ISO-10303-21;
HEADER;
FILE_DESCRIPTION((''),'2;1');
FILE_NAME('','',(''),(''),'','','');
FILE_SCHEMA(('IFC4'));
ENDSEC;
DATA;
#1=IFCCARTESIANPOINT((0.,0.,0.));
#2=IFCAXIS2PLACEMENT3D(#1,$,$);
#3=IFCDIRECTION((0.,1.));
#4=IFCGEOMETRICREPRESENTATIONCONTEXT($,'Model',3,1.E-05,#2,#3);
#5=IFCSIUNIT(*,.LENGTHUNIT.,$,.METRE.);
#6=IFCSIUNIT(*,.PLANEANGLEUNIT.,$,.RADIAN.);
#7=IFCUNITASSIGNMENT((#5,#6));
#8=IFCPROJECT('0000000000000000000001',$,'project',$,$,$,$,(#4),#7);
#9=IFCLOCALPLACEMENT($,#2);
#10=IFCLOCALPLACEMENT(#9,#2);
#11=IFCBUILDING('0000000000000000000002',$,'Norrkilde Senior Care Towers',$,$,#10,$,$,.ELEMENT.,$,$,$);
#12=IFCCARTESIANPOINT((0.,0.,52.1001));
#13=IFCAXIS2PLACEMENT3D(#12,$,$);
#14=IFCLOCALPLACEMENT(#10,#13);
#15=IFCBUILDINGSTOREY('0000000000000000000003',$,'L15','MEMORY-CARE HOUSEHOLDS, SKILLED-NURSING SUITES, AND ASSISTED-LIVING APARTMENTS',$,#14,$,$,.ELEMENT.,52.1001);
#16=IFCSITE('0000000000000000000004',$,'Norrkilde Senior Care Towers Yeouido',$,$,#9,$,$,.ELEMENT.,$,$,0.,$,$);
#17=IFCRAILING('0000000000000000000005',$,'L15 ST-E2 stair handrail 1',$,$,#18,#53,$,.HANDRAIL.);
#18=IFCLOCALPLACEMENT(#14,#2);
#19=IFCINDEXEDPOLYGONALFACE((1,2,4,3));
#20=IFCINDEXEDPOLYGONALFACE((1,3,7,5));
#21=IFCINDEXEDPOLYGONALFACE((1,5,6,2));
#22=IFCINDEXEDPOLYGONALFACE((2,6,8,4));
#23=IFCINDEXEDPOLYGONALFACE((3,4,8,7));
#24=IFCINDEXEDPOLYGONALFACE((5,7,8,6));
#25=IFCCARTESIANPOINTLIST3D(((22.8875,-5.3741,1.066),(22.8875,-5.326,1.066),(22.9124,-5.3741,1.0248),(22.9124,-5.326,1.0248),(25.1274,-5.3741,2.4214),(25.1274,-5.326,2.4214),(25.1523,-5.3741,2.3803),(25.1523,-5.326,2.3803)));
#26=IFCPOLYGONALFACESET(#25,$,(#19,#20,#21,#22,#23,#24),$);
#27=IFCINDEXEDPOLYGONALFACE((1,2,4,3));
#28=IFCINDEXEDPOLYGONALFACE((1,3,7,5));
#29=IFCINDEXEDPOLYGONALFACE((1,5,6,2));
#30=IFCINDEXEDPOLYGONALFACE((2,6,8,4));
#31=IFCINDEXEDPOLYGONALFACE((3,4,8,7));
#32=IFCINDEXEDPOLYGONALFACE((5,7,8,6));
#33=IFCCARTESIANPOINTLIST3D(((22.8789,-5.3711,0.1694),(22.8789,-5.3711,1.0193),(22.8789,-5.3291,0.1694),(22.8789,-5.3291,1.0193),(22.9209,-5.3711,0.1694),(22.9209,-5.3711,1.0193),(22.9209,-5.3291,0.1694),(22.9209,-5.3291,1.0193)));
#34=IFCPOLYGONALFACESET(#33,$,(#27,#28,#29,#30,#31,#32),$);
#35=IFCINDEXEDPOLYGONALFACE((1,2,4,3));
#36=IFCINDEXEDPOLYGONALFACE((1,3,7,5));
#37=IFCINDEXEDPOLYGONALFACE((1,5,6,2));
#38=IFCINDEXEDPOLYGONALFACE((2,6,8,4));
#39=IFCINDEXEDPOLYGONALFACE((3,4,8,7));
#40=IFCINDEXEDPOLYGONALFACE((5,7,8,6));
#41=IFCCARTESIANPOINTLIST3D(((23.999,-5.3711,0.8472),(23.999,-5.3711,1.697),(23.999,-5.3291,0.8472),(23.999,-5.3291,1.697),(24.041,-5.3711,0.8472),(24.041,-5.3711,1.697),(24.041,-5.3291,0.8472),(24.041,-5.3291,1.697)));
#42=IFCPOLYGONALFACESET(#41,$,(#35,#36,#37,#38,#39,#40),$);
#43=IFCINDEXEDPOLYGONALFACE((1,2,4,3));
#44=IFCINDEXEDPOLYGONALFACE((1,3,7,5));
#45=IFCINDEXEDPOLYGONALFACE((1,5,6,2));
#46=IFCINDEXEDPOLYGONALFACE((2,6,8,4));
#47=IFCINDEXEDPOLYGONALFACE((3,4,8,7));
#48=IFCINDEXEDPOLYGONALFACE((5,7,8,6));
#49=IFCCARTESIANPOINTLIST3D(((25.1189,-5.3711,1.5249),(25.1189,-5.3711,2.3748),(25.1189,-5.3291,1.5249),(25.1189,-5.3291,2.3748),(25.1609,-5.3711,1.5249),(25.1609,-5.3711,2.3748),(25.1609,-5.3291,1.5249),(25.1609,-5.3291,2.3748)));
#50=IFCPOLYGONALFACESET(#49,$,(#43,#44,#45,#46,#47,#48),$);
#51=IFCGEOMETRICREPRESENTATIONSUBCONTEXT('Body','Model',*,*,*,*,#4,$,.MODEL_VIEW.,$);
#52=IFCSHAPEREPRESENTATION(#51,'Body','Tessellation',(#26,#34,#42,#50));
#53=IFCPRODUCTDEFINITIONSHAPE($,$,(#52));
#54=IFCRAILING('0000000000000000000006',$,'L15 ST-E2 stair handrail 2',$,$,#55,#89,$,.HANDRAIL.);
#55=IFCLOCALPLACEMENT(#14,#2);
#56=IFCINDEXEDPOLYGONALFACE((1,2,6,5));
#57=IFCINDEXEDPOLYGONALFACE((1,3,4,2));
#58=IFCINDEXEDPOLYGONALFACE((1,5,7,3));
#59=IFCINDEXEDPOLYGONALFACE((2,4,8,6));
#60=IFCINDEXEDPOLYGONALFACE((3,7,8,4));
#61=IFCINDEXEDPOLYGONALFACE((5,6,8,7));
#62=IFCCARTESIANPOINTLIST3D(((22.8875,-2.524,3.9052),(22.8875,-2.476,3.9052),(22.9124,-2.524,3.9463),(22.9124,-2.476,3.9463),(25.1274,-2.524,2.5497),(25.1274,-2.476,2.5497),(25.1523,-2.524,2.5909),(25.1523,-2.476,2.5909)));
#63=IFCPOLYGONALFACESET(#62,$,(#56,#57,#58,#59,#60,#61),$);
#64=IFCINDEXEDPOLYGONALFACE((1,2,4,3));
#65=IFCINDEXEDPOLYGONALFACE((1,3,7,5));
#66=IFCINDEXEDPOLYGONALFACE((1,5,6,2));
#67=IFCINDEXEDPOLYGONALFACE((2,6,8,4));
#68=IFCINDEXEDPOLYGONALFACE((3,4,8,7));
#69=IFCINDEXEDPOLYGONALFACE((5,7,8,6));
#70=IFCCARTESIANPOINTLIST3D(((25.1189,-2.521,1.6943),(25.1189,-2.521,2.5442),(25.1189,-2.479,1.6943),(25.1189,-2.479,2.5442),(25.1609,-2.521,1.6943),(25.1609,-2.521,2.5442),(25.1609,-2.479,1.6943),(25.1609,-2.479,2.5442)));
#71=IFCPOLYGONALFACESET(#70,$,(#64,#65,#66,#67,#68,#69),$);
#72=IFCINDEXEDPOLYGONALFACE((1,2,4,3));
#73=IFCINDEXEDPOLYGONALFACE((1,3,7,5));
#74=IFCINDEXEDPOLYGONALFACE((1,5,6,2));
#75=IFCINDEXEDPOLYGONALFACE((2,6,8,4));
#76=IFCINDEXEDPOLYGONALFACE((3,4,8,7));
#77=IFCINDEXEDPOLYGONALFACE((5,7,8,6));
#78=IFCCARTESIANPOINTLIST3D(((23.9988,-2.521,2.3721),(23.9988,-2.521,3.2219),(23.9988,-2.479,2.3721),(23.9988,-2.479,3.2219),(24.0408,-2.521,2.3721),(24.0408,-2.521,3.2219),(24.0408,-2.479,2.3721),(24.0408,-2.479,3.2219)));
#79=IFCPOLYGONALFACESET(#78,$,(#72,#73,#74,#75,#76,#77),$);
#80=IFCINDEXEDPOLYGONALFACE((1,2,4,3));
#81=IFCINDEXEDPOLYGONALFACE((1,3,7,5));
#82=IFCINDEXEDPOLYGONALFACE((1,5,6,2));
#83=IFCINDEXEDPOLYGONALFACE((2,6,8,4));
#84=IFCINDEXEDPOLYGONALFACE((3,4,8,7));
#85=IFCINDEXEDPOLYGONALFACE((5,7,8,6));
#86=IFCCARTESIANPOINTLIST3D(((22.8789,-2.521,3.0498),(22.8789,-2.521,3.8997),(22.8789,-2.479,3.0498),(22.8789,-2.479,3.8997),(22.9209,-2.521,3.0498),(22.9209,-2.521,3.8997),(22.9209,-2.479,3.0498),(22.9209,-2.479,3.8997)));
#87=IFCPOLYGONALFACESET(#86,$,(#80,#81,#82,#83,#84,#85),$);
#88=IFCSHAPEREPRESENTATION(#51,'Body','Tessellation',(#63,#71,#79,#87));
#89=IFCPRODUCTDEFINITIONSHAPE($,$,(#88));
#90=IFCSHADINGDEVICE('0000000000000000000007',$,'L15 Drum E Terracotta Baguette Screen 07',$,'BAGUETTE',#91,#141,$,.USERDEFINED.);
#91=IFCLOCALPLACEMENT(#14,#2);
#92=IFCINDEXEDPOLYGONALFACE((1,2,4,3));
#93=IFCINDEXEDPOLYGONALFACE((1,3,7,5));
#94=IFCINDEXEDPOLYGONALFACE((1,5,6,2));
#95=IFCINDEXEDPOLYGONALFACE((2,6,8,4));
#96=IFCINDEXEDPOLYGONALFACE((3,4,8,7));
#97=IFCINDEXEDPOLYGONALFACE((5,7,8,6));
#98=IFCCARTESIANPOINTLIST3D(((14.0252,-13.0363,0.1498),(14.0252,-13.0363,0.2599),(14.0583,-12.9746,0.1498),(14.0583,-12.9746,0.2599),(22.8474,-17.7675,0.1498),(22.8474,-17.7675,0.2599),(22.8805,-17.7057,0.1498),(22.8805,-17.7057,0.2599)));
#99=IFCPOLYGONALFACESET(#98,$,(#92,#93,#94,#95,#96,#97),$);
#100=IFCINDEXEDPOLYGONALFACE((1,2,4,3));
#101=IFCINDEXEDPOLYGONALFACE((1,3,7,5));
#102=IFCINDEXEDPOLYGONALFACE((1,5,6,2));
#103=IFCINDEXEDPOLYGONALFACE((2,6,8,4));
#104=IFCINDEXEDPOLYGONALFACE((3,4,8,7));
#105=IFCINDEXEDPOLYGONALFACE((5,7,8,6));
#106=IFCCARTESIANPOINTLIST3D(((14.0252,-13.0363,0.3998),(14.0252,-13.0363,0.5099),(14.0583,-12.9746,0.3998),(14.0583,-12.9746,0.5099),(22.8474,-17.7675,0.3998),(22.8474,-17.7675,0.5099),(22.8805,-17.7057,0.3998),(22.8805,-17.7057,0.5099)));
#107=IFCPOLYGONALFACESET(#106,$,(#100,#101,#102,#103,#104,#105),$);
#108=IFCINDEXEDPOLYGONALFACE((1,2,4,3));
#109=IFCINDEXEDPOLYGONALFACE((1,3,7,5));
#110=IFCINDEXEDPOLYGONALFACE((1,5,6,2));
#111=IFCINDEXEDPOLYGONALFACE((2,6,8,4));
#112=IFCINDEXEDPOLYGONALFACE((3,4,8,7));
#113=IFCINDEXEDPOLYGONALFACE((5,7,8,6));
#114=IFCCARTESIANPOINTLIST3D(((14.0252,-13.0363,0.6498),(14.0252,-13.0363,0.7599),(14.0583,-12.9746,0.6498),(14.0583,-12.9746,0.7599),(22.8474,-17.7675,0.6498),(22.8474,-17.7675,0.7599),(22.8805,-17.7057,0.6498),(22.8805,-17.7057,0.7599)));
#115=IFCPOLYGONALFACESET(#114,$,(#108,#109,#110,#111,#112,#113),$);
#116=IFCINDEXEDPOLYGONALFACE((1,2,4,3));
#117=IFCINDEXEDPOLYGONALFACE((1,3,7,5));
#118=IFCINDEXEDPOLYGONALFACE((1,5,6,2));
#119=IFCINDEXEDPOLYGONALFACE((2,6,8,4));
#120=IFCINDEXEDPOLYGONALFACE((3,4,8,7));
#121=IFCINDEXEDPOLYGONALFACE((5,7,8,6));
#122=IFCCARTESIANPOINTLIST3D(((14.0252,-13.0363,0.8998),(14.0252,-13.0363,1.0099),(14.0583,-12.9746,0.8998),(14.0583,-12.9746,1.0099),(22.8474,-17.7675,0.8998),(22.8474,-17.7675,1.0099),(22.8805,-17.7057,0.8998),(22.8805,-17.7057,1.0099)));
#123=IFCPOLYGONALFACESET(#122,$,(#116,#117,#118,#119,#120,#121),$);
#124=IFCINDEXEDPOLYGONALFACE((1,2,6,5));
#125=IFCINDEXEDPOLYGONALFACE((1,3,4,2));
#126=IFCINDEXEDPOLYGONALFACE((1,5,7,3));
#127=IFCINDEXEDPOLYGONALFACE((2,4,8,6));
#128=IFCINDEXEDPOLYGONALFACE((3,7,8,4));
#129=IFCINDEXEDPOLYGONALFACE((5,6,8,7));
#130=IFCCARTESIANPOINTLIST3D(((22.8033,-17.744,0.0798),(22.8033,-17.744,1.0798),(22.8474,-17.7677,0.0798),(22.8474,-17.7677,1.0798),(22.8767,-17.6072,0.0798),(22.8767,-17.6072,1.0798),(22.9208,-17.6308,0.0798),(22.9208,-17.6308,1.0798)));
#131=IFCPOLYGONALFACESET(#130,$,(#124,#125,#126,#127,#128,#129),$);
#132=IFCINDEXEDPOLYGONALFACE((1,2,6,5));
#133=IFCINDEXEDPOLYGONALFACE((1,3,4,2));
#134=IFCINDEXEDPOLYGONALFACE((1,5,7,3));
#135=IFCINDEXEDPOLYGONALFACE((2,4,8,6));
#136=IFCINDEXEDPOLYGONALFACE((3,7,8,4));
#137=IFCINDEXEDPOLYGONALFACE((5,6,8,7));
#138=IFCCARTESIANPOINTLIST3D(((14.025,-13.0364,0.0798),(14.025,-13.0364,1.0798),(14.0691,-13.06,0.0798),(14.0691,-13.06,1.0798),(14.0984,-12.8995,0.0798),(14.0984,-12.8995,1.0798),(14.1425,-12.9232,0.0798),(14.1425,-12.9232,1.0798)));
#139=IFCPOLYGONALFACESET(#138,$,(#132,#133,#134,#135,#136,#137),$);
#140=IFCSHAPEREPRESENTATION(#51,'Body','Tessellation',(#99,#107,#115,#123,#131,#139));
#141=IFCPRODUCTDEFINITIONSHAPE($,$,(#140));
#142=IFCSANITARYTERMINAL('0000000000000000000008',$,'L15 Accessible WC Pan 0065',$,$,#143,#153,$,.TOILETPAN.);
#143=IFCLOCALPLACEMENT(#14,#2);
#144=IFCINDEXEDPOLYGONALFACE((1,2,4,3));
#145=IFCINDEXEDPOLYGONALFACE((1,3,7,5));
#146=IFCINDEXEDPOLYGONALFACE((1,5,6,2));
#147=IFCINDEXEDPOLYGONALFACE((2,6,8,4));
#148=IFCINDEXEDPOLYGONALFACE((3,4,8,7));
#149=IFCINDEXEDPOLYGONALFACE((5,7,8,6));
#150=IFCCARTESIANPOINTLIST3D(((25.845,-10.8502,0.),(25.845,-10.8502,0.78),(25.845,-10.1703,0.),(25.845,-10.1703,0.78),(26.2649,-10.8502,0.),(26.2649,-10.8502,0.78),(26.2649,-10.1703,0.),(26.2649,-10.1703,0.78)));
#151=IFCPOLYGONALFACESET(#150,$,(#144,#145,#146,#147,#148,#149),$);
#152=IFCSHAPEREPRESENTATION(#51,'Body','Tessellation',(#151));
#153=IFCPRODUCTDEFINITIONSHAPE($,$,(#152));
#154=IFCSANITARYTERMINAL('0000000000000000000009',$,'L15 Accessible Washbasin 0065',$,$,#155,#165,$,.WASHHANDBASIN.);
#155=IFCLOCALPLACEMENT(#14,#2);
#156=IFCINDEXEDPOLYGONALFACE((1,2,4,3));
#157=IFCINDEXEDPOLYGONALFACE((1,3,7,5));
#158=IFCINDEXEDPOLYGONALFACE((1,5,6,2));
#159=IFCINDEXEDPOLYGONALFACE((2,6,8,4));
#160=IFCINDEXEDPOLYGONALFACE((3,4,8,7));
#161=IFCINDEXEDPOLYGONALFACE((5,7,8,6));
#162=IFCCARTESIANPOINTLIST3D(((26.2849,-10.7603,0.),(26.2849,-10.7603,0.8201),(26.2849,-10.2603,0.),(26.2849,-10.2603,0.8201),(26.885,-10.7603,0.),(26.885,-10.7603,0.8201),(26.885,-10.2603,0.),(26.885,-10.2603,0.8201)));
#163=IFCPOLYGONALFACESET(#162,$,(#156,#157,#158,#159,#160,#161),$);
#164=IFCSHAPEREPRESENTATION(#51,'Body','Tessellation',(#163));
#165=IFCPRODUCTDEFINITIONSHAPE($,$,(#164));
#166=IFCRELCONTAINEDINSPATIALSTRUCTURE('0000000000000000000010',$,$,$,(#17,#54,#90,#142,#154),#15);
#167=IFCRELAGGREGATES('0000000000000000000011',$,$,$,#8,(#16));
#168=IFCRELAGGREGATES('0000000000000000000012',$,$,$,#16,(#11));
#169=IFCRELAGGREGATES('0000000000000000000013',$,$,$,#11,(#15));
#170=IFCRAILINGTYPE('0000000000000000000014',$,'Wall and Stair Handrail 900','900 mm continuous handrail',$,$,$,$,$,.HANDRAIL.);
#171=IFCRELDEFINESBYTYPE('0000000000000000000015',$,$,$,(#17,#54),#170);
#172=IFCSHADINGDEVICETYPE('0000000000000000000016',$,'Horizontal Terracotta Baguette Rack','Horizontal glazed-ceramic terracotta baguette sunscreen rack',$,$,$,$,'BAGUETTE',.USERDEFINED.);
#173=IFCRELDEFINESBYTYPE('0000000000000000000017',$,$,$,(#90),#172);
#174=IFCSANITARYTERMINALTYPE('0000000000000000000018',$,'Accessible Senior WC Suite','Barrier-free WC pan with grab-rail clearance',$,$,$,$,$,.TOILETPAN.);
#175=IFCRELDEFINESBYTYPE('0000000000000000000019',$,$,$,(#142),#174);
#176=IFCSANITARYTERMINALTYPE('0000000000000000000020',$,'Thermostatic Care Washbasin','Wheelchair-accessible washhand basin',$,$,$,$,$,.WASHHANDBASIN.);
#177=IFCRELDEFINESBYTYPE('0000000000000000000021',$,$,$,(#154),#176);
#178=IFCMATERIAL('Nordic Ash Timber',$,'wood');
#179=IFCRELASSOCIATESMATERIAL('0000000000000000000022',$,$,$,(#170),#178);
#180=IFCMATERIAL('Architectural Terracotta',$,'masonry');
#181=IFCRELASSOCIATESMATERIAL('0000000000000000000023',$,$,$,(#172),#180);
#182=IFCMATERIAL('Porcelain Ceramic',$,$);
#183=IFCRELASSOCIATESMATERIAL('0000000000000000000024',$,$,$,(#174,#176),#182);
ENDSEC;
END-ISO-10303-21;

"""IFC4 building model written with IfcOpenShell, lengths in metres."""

from ifc_helpers import new_model, si_unit, direction, frame, origin, origin_2d, place, context, subcontext, project, spatial, rectangle, extrude, source, transform, mapped, material, type_object, type_shapes, element, save


model = new_model("IFC4")

# Units and contexts
model_context = context("Model", 3, precision=1e-05, world=origin(), true_north=direction((0.0, 1.0)))
body_context = subcontext(model_context, "Body", "Model", "MODEL_VIEW")
ifc_project = project(units=[si_unit("LENGTHUNIT", "METRE"), si_unit("PLANEANGLEUNIT", "RADIAN")], contexts=[model_context])

# Site, building, storey
site_placement = place(None, origin())
site = spatial("IfcSite", under=ifc_project, at=site_placement, Name="Norrkilde Senior Care Towers Yeouido", CompositionType="ELEMENT", RefElevation=0.0)
building_placement = place(site_placement, origin())
building = spatial("IfcBuilding", under=site, at=building_placement, Name="Norrkilde Senior Care Towers", CompositionType="ELEMENT")
storey_placement = place(building_placement, frame((0.0, 0.0, 52.1001)))
storey = spatial("IfcBuildingStorey", under=building, at=storey_placement, Name="L15", Description="MEMORY-CARE HOUSEHOLDS, SKILLED-NURSING SUITES, AND ASSISTED-LIVING APARTMENTS", CompositionType="ELEMENT", Elevation=52.1001)

# Shared definitions
ifc_material_1 = material(Name="Nordic Ash Timber", Category="wood")

# Railings
railing_type_1 = type_object("IfcRailingType", Name="Wall and Stair Handrail 900", Description="900 mm continuous handrail", PredefinedType="HANDRAIL", material=ifc_material_1)
railing_1_placement = place(storey_placement, frame((22.8999, -5.3501, 0.1694)))
element("IfcRailing", 1, at=railing_1_placement, inside=storey, type_object=railing_type_1, Name="L15 ST-E2 stair handrail 1", PredefinedType="HANDRAIL", context=body_context, shape_type="SweptSolid", body=[
    extrude(rectangle(XDim=0.0481, YDim=0.0481, at=origin_2d()), frame((0.0, 0.0, 0.876), z_axis=(0.855553, 0.0, 0.517715), x_axis=(0.0, 1.0, 0.0)), (0.0, 0.0, 1.0), 2.6182),
    extrude(rectangle(XDim=0.042, YDim=0.042, at=origin_2d()), origin(), (0.0, 0.0, 1.0), 0.8499),
    extrude(rectangle(XDim=0.042, YDim=0.042, at=origin_2d()), frame((1.1201, 0.0, 0.6777)), (0.0, 0.0, 1.0), 0.8499),
    extrude(rectangle(XDim=0.042, YDim=0.042, at=origin_2d()), frame((2.24, 0.0, 1.3555)), (0.0, 0.0, 1.0), 0.8499),
])
railing_2_placement = place(storey_placement, frame((25.1399, -2.5, 1.6943)))
element("IfcRailing", 2, at=railing_2_placement, inside=storey, type_object=railing_type_1, Name="L15 ST-E2 stair handrail 2", PredefinedType="HANDRAIL", context=body_context, shape_type="SweptSolid", body=[
    extrude(rectangle(XDim=0.0481, YDim=0.0481, at=origin_2d()), frame((0.0, 0.0, 0.876), z_axis=(-0.855553, 0.0, 0.517715), x_axis=(0.0, -1.0, 0.0)), (0.0, 0.0, 1.0), 2.6182),
    extrude(rectangle(XDim=0.042, YDim=0.042, at=origin_2d()), origin(), (0.0, 0.0, 1.0), 0.8499),
    extrude(rectangle(XDim=0.042, YDim=0.042, at=origin_2d()), frame((-1.1201, 0.0, 0.6777)), (0.0, 0.0, 1.0), 0.8499),
    extrude(rectangle(XDim=0.042, YDim=0.042, at=origin_2d()), frame((-2.24, 0.0, 1.3555)), (0.0, 0.0, 1.0), 0.8499),
])

# Shading device
ifc_material_2 = material(Name="Architectural Terracotta", Category="masonry")
shading_device_type = type_object("IfcShadingDeviceType", Name="Horizontal Terracotta Baguette Rack", Description="Horizontal glazed-ceramic terracotta baguette sunscreen rack", ElementType="BAGUETTE", PredefinedType="USERDEFINED", material=ifc_material_2)
shared_shape_1 = source(origin(), body_context, "Body", "SweptSolid", [
    extrude(rectangle(XDim=0.0701, YDim=0.1101, at=origin_2d()), frame((0.0, 0.0901, 0.125), z_axis=(1.0, 0.0, 0.0), x_axis=(0.0, 1.0, 0.0)), (0.0, 0.0, 1.0), 10.0107),
    extrude(rectangle(XDim=0.0701, YDim=0.1101, at=origin_2d()), frame((0.0, 0.0901, 0.375), z_axis=(1.0, 0.0, 0.0), x_axis=(0.0, 1.0, 0.0)), (0.0, 0.0, 1.0), 10.0107),
    extrude(rectangle(XDim=0.0701, YDim=0.1101, at=origin_2d()), frame((0.0, 0.0901, 0.625), z_axis=(1.0, 0.0, 0.0), x_axis=(0.0, 1.0, 0.0)), (0.0, 0.0, 1.0), 10.0107),
    extrude(rectangle(XDim=0.0701, YDim=0.1101, at=origin_2d()), frame((0.0, 0.0901, 0.875), z_axis=(1.0, 0.0, 0.0), x_axis=(0.0, 1.0, 0.0)), (0.0, 0.0, 1.0), 10.0107),
    extrude(rectangle(XDim=0.05, YDim=0.1553, at=origin_2d()), frame((0.0249, 0.0476, 0.0)), (0.0, 0.0, 1.0), 1.0),
    extrude(rectangle(XDim=0.05, YDim=0.1553, at=origin_2d()), frame((9.9858, 0.0476, 0.0)), (0.0, 0.0, 1.0), 1.0),
])
type_shapes(shading_device_type, [shared_shape_1])
shading_device_placement = place(storey_placement, frame((22.9065, -17.6572, 0.0798), z_axis=(0.0, 0.0, 1.0), x_axis=(-0.88128, 0.472612, 0.0)))
element("IfcShadingDevice", 3, at=shading_device_placement, inside=storey, type_object=shading_device_type, Name="L15 Drum E Terracotta Baguette Screen 07", ObjectType="BAGUETTE", PredefinedType="USERDEFINED", context=body_context, shape_type="MappedRepresentation", body=[
    mapped(shared_shape_1, transform((0.0, 0.0, 0.0), x_axis=(1.0, 0.0, 0.0), y_axis=(0.0, 1.0, 0.0), z_axis=(0.0, 0.0, 1.0), scale=1.0)),
])

# Sanitary terminals
ifc_material_3 = material(Name="Porcelain Ceramic")
sanitary_terminal_type_1 = type_object("IfcSanitaryTerminalType", Name="Accessible Senior WC Suite", Description="Barrier-free WC pan with grab-rail clearance", PredefinedType="TOILETPAN", material=ifc_material_3)
shared_shape_2 = source(origin(), body_context, "Body", "SweptSolid", [
    extrude(rectangle(XDim=0.4199, YDim=0.6799, at=origin_2d()), origin(), (0.0, 0.0, 1.0), 0.78),
])
type_shapes(sanitary_terminal_type_1, [shared_shape_2])
sanitary_terminal_1_placement = place(storey_placement, frame((26.0549, -10.5103, 0.0), z_axis=(0.0, 0.0, 1.0), x_axis=(1.0, 0.0, 0.0)))
element("IfcSanitaryTerminal", 4, at=sanitary_terminal_1_placement, inside=storey, type_object=sanitary_terminal_type_1, Name="L15 Accessible WC Pan 0065", PredefinedType="TOILETPAN", context=body_context, shape_type="MappedRepresentation", body=[
    mapped(shared_shape_2, transform((0.0, 0.0, 0.0), x_axis=(1.0, 0.0, 0.0), y_axis=(0.0, 1.0, 0.0), z_axis=(0.0, 0.0, 1.0), scale=1.0)),
])
sanitary_terminal_type_2 = type_object("IfcSanitaryTerminalType", Name="Thermostatic Care Washbasin", Description="Wheelchair-accessible washhand basin", PredefinedType="WASHHANDBASIN", material=ifc_material_3)
shared_shape_3 = source(origin(), body_context, "Body", "SweptSolid", [
    extrude(rectangle(XDim=0.6001, YDim=0.5, at=origin_2d()), origin(), (0.0, 0.0, 1.0), 0.8201),
])
type_shapes(sanitary_terminal_type_2, [shared_shape_3])
sanitary_terminal_2_placement = place(storey_placement, frame((26.585, -10.5103, 0.0), z_axis=(0.0, 0.0, 1.0), x_axis=(1.0, 0.0, 0.0)))
element("IfcSanitaryTerminal", 5, at=sanitary_terminal_2_placement, inside=storey, type_object=sanitary_terminal_type_2, Name="L15 Accessible Washbasin 0065", PredefinedType="WASHHANDBASIN", context=body_context, shape_type="MappedRepresentation", body=[
    mapped(shared_shape_3, transform((0.0, 0.0, 0.0), x_axis=(1.0, 0.0, 0.0), y_axis=(0.0, 1.0, 0.0), z_axis=(0.0, 0.0, 1.0), scale=1.0)),
])

save(model, "model.ifc")
